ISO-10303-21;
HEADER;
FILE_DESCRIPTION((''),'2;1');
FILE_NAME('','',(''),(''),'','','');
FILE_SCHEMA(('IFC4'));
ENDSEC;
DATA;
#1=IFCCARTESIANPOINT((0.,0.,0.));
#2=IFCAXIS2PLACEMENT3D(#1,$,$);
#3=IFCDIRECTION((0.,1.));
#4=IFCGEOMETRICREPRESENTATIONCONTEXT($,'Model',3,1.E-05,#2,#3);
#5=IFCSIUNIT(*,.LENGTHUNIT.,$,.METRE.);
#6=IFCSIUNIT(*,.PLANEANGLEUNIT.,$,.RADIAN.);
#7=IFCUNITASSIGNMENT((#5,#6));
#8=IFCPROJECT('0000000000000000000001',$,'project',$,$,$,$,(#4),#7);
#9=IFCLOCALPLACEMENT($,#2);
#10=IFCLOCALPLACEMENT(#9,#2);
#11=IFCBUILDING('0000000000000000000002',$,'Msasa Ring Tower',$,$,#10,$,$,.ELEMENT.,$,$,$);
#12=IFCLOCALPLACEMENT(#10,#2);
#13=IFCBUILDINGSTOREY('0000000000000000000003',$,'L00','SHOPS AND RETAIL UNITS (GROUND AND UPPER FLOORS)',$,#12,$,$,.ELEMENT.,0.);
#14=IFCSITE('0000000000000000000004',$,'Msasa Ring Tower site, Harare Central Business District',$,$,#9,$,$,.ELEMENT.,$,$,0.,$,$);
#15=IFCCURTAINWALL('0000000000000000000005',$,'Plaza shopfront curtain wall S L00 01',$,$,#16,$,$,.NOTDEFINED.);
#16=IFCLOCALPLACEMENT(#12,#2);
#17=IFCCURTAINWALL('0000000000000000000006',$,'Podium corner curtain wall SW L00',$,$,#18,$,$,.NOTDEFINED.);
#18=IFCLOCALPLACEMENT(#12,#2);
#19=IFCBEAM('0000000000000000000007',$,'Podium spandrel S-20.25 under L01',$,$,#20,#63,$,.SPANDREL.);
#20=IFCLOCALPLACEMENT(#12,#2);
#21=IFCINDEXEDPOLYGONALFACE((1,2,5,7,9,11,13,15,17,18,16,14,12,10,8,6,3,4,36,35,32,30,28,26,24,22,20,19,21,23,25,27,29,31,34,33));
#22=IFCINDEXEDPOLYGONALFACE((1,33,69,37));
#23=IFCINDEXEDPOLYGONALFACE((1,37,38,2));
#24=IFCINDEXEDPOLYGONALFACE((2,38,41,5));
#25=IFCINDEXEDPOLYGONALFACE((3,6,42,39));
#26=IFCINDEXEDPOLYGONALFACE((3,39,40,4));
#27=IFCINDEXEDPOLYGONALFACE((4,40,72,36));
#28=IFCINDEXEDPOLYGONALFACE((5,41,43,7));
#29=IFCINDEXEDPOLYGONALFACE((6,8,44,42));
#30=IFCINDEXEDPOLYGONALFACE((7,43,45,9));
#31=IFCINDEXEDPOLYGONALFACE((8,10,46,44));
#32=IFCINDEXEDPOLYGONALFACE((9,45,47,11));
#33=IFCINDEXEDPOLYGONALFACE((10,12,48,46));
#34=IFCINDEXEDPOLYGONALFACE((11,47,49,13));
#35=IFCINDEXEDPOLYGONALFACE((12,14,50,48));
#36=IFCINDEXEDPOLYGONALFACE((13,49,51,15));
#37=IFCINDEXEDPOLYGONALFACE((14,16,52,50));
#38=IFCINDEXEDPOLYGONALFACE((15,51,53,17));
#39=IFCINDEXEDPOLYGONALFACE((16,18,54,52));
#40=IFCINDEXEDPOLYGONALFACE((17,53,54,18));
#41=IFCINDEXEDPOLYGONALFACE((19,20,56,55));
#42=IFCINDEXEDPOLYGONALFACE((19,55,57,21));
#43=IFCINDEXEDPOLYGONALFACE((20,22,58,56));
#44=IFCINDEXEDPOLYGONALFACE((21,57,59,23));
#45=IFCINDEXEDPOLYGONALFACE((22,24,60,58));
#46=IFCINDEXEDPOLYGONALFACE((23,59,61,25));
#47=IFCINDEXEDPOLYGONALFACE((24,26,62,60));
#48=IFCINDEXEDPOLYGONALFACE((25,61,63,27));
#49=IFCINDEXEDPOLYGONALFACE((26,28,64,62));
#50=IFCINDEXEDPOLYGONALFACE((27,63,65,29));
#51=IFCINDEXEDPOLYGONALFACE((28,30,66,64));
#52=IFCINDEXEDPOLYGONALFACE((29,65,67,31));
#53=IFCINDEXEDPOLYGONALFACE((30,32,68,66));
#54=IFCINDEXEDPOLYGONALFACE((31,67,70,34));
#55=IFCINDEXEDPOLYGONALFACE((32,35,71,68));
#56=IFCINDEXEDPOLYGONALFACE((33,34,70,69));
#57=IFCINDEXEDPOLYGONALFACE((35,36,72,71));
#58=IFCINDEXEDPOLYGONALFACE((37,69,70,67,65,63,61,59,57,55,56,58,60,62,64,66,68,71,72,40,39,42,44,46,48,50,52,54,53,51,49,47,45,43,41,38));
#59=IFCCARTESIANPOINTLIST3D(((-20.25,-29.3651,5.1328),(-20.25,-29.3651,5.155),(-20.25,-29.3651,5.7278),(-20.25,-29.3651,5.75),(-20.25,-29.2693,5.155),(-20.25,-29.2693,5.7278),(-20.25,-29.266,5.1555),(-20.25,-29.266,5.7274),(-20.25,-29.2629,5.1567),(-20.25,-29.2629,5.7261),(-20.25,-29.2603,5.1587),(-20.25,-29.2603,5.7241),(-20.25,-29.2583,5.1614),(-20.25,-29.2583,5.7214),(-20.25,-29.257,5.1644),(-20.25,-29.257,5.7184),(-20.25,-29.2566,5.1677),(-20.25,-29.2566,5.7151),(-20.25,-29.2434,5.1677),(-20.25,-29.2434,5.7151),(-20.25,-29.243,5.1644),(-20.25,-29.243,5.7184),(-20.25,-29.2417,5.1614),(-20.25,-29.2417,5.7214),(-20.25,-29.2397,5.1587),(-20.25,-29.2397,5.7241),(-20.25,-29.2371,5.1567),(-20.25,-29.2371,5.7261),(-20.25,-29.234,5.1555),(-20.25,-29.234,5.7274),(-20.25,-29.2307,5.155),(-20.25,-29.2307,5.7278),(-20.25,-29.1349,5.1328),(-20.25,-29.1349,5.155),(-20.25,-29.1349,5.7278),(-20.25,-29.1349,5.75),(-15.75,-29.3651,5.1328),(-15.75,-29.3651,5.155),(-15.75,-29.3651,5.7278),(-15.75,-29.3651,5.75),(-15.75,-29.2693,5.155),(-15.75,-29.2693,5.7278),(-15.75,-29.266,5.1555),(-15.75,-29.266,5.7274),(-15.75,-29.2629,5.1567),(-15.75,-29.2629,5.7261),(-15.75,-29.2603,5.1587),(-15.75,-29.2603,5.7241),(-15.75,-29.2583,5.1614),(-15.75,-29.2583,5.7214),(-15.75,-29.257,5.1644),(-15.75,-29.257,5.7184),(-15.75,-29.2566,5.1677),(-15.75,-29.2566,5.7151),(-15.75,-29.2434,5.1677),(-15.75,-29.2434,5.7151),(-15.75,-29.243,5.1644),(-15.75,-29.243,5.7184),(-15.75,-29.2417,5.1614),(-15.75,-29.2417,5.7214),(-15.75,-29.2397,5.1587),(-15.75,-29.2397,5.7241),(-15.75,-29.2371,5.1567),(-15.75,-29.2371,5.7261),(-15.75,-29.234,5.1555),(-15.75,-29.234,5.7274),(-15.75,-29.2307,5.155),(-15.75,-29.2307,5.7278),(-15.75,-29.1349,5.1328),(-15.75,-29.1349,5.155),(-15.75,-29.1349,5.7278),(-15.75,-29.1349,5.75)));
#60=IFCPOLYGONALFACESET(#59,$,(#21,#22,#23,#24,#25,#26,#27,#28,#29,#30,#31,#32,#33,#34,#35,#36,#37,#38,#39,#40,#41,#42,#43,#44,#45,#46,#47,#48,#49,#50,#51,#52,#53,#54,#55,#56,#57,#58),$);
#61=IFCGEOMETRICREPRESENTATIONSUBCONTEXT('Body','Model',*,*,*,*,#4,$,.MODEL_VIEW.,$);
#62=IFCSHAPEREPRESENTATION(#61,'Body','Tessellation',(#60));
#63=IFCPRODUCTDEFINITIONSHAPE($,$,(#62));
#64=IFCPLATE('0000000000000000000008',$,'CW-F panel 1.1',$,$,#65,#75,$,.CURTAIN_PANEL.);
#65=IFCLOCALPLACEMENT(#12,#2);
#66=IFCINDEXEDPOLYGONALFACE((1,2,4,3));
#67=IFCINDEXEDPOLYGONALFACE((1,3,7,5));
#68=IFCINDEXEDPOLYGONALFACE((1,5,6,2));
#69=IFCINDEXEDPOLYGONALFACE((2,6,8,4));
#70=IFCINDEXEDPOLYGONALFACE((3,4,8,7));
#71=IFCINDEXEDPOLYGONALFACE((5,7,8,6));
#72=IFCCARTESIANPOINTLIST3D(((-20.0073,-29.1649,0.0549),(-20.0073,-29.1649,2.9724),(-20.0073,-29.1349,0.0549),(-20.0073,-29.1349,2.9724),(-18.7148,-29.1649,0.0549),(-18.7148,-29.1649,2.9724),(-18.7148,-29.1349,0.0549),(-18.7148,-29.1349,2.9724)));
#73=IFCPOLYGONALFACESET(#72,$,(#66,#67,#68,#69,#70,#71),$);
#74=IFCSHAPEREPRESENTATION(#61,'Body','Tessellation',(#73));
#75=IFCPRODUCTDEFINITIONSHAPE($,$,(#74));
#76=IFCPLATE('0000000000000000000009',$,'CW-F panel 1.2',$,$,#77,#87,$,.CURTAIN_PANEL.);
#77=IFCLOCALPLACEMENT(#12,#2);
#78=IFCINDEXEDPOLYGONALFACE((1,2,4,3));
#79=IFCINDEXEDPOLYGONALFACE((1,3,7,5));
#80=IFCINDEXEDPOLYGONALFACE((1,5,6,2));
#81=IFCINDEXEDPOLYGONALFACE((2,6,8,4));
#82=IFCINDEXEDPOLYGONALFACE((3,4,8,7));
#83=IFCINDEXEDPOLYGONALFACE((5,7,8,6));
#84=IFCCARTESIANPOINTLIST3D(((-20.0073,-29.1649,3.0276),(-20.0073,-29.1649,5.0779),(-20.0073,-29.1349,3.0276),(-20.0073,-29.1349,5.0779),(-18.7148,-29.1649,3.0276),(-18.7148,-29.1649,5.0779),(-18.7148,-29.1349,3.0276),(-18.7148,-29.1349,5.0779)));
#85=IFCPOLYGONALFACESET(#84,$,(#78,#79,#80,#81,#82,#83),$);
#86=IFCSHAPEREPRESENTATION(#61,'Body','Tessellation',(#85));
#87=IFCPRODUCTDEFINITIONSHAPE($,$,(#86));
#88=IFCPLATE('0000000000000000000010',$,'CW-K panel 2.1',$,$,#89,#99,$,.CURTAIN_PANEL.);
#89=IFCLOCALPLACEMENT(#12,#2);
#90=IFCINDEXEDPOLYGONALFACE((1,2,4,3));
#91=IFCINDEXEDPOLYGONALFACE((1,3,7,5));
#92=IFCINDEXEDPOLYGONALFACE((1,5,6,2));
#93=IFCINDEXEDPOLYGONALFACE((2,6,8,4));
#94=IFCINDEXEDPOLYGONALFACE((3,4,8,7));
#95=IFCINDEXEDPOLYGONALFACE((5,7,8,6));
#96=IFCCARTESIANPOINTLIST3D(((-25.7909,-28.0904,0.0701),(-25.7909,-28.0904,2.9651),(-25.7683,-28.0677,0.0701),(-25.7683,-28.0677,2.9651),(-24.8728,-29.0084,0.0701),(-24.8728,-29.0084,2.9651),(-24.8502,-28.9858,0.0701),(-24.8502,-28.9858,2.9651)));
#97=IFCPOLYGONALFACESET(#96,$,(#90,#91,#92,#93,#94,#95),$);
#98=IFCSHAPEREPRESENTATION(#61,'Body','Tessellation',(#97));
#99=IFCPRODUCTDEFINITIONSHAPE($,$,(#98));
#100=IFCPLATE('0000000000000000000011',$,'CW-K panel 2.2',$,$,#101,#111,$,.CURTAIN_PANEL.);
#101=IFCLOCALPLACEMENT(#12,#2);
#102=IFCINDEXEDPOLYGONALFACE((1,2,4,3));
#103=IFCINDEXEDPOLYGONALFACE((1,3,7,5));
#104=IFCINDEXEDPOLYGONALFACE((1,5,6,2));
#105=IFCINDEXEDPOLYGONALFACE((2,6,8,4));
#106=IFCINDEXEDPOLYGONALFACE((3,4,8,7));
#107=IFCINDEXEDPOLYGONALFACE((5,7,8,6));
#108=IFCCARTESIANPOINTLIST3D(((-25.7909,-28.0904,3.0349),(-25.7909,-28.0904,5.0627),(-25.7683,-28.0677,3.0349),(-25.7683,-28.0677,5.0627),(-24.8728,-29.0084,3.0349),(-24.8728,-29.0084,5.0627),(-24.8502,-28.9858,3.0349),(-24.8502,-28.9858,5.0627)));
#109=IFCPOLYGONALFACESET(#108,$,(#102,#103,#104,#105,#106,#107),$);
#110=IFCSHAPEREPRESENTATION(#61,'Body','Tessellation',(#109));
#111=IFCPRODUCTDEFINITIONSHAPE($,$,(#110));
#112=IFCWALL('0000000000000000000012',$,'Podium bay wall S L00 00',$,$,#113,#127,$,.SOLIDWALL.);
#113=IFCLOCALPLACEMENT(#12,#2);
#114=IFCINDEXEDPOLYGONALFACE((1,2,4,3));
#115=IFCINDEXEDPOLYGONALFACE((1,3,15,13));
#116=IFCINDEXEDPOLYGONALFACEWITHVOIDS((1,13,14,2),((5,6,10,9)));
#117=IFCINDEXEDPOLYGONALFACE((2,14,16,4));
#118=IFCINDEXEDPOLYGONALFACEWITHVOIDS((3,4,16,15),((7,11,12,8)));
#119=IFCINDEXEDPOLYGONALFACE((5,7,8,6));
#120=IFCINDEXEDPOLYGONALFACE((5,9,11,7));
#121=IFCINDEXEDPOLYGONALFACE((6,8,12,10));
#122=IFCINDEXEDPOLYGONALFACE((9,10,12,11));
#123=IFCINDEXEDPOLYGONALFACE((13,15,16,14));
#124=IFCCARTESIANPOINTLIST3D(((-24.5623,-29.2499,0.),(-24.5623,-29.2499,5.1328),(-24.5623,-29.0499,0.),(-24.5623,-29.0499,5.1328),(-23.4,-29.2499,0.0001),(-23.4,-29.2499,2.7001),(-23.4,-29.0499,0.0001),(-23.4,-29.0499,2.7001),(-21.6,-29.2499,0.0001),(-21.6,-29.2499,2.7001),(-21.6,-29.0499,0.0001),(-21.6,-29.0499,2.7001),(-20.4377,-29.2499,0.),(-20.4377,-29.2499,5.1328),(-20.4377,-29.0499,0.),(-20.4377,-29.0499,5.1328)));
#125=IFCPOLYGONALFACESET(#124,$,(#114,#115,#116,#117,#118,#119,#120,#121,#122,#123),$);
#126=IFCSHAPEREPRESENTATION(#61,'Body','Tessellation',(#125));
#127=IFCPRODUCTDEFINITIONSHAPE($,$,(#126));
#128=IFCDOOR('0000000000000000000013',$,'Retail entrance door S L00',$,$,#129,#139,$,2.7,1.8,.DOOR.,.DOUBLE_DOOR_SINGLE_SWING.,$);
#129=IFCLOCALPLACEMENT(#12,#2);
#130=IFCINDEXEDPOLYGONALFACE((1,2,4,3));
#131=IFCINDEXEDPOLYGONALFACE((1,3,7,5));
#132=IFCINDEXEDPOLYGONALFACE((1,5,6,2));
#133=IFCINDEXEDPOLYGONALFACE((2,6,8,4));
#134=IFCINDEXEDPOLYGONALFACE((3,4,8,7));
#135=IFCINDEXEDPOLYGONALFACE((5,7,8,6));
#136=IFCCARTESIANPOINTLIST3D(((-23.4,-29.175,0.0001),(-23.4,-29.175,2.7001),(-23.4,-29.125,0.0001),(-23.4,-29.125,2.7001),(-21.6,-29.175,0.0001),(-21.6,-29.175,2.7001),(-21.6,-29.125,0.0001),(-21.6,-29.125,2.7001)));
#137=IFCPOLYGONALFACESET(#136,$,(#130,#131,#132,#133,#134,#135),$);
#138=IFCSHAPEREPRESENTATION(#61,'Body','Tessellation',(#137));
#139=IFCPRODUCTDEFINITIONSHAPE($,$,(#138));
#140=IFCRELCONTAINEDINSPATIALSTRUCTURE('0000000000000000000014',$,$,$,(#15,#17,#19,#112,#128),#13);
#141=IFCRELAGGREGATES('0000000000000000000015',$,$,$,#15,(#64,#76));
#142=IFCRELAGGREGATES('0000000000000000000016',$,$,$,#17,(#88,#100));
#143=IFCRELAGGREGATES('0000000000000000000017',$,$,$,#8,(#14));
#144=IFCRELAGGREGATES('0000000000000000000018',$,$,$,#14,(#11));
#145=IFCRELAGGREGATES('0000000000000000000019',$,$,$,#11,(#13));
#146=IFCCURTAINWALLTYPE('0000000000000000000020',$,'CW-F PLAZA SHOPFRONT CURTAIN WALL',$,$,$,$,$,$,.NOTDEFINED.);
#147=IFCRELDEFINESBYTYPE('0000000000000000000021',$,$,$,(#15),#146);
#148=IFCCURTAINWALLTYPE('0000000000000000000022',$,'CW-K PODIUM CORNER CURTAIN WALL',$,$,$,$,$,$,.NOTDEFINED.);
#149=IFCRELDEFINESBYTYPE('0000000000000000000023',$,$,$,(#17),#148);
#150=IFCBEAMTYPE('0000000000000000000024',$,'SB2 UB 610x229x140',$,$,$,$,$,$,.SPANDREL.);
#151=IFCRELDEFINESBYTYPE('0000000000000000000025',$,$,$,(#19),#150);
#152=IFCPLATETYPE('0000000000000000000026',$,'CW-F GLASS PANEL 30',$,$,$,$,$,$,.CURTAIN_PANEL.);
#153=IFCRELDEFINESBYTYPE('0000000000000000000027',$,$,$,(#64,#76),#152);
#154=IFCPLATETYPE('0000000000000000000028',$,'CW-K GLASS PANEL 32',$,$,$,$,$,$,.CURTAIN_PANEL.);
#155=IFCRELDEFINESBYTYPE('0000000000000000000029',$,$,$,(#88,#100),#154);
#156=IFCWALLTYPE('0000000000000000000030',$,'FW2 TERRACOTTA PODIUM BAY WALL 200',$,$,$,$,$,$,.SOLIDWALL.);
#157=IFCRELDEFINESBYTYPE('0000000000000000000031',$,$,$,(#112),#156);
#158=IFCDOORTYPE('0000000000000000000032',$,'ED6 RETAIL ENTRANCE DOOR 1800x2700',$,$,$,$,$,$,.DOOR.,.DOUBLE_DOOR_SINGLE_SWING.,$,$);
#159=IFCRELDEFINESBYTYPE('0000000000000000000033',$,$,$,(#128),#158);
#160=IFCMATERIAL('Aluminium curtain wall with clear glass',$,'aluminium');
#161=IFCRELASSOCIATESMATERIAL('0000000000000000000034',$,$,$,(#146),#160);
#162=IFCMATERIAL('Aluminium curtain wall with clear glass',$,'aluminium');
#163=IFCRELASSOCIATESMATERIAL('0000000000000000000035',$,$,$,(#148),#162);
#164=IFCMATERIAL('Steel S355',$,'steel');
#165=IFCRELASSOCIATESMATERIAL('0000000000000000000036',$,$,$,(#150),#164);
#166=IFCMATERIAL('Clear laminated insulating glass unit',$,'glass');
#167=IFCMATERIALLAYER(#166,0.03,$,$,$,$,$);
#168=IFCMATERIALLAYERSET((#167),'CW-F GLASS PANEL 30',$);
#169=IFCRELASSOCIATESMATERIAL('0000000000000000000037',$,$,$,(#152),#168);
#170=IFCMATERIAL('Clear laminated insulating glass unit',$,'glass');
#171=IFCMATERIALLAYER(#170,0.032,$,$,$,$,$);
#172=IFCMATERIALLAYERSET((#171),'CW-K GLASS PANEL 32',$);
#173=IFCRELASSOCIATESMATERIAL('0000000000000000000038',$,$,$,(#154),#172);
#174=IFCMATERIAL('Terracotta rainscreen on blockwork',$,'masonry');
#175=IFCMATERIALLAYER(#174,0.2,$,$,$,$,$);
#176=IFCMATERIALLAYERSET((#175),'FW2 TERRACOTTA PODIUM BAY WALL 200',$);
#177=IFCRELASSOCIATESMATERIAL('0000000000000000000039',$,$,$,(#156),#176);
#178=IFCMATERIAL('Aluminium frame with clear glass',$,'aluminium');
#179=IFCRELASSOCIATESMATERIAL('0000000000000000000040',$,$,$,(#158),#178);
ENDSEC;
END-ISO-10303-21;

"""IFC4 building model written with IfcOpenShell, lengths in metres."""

from ifc_helpers import new_model, si_unit, direction, frame, frame_2d, origin, origin_2d, place, context, subcontext, project, spatial, rectangle, i_section, extrude, material, layer, layer_set, material_profile, profile_set, type_object, element, fill, aggregate, save


model = new_model("IFC4")

# Units and contexts
model_context = context("Model", 3, precision=1e-05, world=origin(), true_north=direction((0.0, 1.0)))
body_context = subcontext(model_context, "Body", "Model", "MODEL_VIEW")
ifc_project = project(units=[si_unit("LENGTHUNIT", "METRE"), si_unit("PLANEANGLEUNIT", "RADIAN")], contexts=[model_context])

# Site, building, storey
site_placement = place(None, origin())
site = spatial("IfcSite", under=ifc_project, at=site_placement, Name="Msasa Ring Tower site, Harare Central Business District", CompositionType="ELEMENT", RefElevation=0.0)
building_placement = place(site_placement, origin())
building = spatial("IfcBuilding", under=site, at=building_placement, Name="Msasa Ring Tower", CompositionType="ELEMENT")
storey_placement = place(building_placement, origin())
storey = spatial("IfcBuildingStorey", under=building, at=storey_placement, Name="L00", Description="SHOPS AND RETAIL UNITS (GROUND AND UPPER FLOORS)", CompositionType="ELEMENT", Elevation=0.0)

# Curtain walls
ifc_material_1 = material(Name="Aluminium curtain wall with clear glass", Category="aluminium")
curtain_wall_type_1 = type_object("IfcCurtainWallType", Name="CW-F PLAZA SHOPFRONT CURTAIN WALL", PredefinedType="NOTDEFINED", material=ifc_material_1)
curtain_wall_1_placement = place(storey_placement, origin())
curtain_wall_1 = element("IfcCurtainWall", 1, at=curtain_wall_1_placement, inside=storey, type_object=curtain_wall_type_1, Name="Plaza shopfront curtain wall S L00 01", PredefinedType="NOTDEFINED")
ifc_material_2 = material(Name="Aluminium curtain wall with clear glass", Category="aluminium")
curtain_wall_type_2 = type_object("IfcCurtainWallType", Name="CW-K PODIUM CORNER CURTAIN WALL", PredefinedType="NOTDEFINED", material=ifc_material_2)
curtain_wall_2_placement = place(storey_placement, origin())
curtain_wall_2 = element("IfcCurtainWall", 2, at=curtain_wall_2_placement, inside=storey, type_object=curtain_wall_type_2, Name="Podium corner curtain wall SW L00", PredefinedType="NOTDEFINED")

# Beam
ifc_material_3 = material(Name="Steel S355", Category="steel")
ifc_material_profile_1 = material_profile(ifc_material_3, i_section(OverallWidth=0.2302, OverallDepth=0.6172, WebThickness=0.0132, FlangeThickness=0.0222, FilletRadius=0.0127, at=origin_2d()), Name="UB 610x229x140")
ifc_profile_set_1 = profile_set([ifc_material_profile_1], Name="Steel S355")
beam_type_1 = type_object("IfcBeamType", Name="SB2 UB 610x229x140", PredefinedType="SPANDREL", material=ifc_profile_set_1)
for number, where, z_axis, x_axis, name in (
    (3, (-20.25, -29.25, 5.4414), (1.0, 0.0, 0.0), (0.0, 1.0, 0.0), "Podium spandrel S-20.25 under L01"),
):
    element("IfcBeam", number, at=place(storey_placement, frame(where, z_axis=z_axis, x_axis=x_axis)), inside=storey, type_object=beam_type_1, Name=name, PredefinedType="SPANDREL", context=body_context, shape_type="SweptSolid", body=[
        extrude(i_section(OverallWidth=0.2302, OverallDepth=0.6172, WebThickness=0.0132, FlangeThickness=0.0222, FilletRadius=0.0127, at=origin_2d()), origin(), (0.0, 0.0, 1.0), 4.5),
    ])

# Plates
ifc_material_4 = material(Name="Clear laminated insulating glass unit", Category="glass")
ifc_layer_1 = layer(ifc_material_4, 0.03)
ifc_layer_set_1 = layer_set([ifc_layer_1], Name="CW-F GLASS PANEL 30")
plate_type_1 = type_object("IfcPlateType", Name="CW-F GLASS PANEL 30", PredefinedType="CURTAIN_PANEL", material=ifc_layer_set_1)
plate_1_placement = place(storey_placement, frame((-19.3611, -29.1499, 0.0549), z_axis=(0.0, 0.0, 1.0), x_axis=(1.0, 0.0, 0.0)))
plate_1 = element("IfcPlate", 4, at=plate_1_placement, type_object=plate_type_1, Name="CW-F panel 1.1", PredefinedType="CURTAIN_PANEL", context=body_context, shape_type="SweptSolid", body=[
    extrude(rectangle(XDim=1.2925, YDim=0.03, at=origin_2d()), origin(), (0.0, 0.0, 1.0), 2.9175),
])
plate_2_placement = place(storey_placement, frame((-19.3611, -29.1499, 3.0276), z_axis=(0.0, 0.0, 1.0), x_axis=(1.0, 0.0, 0.0)))
plate_2 = element("IfcPlate", 5, at=plate_2_placement, type_object=plate_type_1, Name="CW-F panel 1.2", PredefinedType="CURTAIN_PANEL", context=body_context, shape_type="SweptSolid", body=[
    extrude(rectangle(XDim=1.2925, YDim=0.03, at=origin_2d()), origin(), (0.0, 0.0, 1.0), 2.0503),
])
aggregate(curtain_wall_1, [plate_1, plate_2])
ifc_material_5 = material(Name="Clear laminated insulating glass unit", Category="glass")
ifc_layer_2 = layer(ifc_material_5, 0.032)
ifc_layer_set_2 = layer_set([ifc_layer_2], Name="CW-K GLASS PANEL 32")
plate_type_2 = type_object("IfcPlateType", Name="CW-K GLASS PANEL 32", PredefinedType="CURTAIN_PANEL", material=ifc_layer_set_2)
plate_3_placement = place(storey_placement, frame((-25.3206, -28.5381, 0.0701), z_axis=(0.0, 0.0, 1.0), x_axis=(0.707107, -0.707107, 0.0)))
plate_3 = element("IfcPlate", 6, at=plate_3_placement, type_object=plate_type_2, Name="CW-K panel 2.1", PredefinedType="CURTAIN_PANEL", context=body_context, shape_type="SweptSolid", body=[
    extrude(rectangle(XDim=1.2983, YDim=0.032, at=origin_2d()), origin(), (0.0, 0.0, 1.0), 2.895),
])
plate_4_placement = place(storey_placement, frame((-25.3206, -28.5381, 3.0349), z_axis=(0.0, 0.0, 1.0), x_axis=(0.707107, -0.707107, 0.0)))
plate_4 = element("IfcPlate", 7, at=plate_4_placement, type_object=plate_type_2, Name="CW-K panel 2.2", PredefinedType="CURTAIN_PANEL", context=body_context, shape_type="SweptSolid", body=[
    extrude(rectangle(XDim=1.2983, YDim=0.032, at=origin_2d()), origin(), (0.0, 0.0, 1.0), 2.0278),
])
aggregate(curtain_wall_2, [plate_3, plate_4])

# Wall, opening, door
ifc_material_6 = material(Name="Terracotta rainscreen on blockwork", Category="masonry")
ifc_layer_3 = layer(ifc_material_6, 0.2)
ifc_layer_set_3 = layer_set([ifc_layer_3], Name="FW2 TERRACOTTA PODIUM BAY WALL 200")
wall_type = type_object("IfcWallType", Name="FW2 TERRACOTTA PODIUM BAY WALL 200", PredefinedType="SOLIDWALL", material=ifc_layer_set_3)
wall_placement = place(storey_placement, frame((-24.5623, -29.1499, 0.0), z_axis=(0.0, 0.0, 1.0), x_axis=(1.0, 0.0, 0.0)))
wall = element("IfcWall", 8, at=wall_placement, inside=storey, type_object=wall_type, Name="Podium bay wall S L00 00", PredefinedType="SOLIDWALL", context=body_context, shape_type="SweptSolid", body=[
    extrude(rectangle(XDim=4.1245, YDim=0.2, at=frame_2d((2.0623, 0.0))), origin(), (0.0, 0.0, 1.0), 5.1328),
])
opening_placement = place(wall_placement, frame((1.1624, 0.0, 0.0)))
opening = element("IfcOpeningElement", 9, at=opening_placement, cuts=wall, PredefinedType="OPENING", context=body_context, shape_type="SweptSolid", body=[
    extrude(rectangle(XDim=1.8, YDim=2.7, at=frame_2d((0.8999, 1.3501))), frame((0.0, 0.1099, 0.0), z_axis=(0.0, -1.0, 0.0), x_axis=(1.0, 0.0, 0.0)), (0.0, 0.0, 1.0), 0.22),
])
ifc_material_7 = material(Name="Aluminium frame with clear glass", Category="aluminium")
door_type = type_object("IfcDoorType", Name="ED6 RETAIL ENTRANCE DOOR 1800x2700", OperationType="DOUBLE_DOOR_SINGLE_SWING", PredefinedType="DOOR", material=ifc_material_7)
door_placement = place(opening_placement, origin())
door = element("IfcDoor", 10, at=door_placement, inside=storey, type_object=door_type, Name="Retail entrance door S L00", OperationType="DOUBLE_DOOR_SINGLE_SWING", OverallHeight=2.7, OverallWidth=1.8, PredefinedType="DOOR", context=body_context, shape_type="SweptSolid", body=[
    extrude(rectangle(XDim=1.8, YDim=2.7, at=frame_2d((0.8999, 1.3501))), frame((0.0, 0.0249, 0.0), z_axis=(0.0, -1.0, 0.0), x_axis=(1.0, 0.0, 0.0)), (0.0, 0.0, 1.0), 0.05),
])
fill(opening, door)

save(model, "model.ifc")
